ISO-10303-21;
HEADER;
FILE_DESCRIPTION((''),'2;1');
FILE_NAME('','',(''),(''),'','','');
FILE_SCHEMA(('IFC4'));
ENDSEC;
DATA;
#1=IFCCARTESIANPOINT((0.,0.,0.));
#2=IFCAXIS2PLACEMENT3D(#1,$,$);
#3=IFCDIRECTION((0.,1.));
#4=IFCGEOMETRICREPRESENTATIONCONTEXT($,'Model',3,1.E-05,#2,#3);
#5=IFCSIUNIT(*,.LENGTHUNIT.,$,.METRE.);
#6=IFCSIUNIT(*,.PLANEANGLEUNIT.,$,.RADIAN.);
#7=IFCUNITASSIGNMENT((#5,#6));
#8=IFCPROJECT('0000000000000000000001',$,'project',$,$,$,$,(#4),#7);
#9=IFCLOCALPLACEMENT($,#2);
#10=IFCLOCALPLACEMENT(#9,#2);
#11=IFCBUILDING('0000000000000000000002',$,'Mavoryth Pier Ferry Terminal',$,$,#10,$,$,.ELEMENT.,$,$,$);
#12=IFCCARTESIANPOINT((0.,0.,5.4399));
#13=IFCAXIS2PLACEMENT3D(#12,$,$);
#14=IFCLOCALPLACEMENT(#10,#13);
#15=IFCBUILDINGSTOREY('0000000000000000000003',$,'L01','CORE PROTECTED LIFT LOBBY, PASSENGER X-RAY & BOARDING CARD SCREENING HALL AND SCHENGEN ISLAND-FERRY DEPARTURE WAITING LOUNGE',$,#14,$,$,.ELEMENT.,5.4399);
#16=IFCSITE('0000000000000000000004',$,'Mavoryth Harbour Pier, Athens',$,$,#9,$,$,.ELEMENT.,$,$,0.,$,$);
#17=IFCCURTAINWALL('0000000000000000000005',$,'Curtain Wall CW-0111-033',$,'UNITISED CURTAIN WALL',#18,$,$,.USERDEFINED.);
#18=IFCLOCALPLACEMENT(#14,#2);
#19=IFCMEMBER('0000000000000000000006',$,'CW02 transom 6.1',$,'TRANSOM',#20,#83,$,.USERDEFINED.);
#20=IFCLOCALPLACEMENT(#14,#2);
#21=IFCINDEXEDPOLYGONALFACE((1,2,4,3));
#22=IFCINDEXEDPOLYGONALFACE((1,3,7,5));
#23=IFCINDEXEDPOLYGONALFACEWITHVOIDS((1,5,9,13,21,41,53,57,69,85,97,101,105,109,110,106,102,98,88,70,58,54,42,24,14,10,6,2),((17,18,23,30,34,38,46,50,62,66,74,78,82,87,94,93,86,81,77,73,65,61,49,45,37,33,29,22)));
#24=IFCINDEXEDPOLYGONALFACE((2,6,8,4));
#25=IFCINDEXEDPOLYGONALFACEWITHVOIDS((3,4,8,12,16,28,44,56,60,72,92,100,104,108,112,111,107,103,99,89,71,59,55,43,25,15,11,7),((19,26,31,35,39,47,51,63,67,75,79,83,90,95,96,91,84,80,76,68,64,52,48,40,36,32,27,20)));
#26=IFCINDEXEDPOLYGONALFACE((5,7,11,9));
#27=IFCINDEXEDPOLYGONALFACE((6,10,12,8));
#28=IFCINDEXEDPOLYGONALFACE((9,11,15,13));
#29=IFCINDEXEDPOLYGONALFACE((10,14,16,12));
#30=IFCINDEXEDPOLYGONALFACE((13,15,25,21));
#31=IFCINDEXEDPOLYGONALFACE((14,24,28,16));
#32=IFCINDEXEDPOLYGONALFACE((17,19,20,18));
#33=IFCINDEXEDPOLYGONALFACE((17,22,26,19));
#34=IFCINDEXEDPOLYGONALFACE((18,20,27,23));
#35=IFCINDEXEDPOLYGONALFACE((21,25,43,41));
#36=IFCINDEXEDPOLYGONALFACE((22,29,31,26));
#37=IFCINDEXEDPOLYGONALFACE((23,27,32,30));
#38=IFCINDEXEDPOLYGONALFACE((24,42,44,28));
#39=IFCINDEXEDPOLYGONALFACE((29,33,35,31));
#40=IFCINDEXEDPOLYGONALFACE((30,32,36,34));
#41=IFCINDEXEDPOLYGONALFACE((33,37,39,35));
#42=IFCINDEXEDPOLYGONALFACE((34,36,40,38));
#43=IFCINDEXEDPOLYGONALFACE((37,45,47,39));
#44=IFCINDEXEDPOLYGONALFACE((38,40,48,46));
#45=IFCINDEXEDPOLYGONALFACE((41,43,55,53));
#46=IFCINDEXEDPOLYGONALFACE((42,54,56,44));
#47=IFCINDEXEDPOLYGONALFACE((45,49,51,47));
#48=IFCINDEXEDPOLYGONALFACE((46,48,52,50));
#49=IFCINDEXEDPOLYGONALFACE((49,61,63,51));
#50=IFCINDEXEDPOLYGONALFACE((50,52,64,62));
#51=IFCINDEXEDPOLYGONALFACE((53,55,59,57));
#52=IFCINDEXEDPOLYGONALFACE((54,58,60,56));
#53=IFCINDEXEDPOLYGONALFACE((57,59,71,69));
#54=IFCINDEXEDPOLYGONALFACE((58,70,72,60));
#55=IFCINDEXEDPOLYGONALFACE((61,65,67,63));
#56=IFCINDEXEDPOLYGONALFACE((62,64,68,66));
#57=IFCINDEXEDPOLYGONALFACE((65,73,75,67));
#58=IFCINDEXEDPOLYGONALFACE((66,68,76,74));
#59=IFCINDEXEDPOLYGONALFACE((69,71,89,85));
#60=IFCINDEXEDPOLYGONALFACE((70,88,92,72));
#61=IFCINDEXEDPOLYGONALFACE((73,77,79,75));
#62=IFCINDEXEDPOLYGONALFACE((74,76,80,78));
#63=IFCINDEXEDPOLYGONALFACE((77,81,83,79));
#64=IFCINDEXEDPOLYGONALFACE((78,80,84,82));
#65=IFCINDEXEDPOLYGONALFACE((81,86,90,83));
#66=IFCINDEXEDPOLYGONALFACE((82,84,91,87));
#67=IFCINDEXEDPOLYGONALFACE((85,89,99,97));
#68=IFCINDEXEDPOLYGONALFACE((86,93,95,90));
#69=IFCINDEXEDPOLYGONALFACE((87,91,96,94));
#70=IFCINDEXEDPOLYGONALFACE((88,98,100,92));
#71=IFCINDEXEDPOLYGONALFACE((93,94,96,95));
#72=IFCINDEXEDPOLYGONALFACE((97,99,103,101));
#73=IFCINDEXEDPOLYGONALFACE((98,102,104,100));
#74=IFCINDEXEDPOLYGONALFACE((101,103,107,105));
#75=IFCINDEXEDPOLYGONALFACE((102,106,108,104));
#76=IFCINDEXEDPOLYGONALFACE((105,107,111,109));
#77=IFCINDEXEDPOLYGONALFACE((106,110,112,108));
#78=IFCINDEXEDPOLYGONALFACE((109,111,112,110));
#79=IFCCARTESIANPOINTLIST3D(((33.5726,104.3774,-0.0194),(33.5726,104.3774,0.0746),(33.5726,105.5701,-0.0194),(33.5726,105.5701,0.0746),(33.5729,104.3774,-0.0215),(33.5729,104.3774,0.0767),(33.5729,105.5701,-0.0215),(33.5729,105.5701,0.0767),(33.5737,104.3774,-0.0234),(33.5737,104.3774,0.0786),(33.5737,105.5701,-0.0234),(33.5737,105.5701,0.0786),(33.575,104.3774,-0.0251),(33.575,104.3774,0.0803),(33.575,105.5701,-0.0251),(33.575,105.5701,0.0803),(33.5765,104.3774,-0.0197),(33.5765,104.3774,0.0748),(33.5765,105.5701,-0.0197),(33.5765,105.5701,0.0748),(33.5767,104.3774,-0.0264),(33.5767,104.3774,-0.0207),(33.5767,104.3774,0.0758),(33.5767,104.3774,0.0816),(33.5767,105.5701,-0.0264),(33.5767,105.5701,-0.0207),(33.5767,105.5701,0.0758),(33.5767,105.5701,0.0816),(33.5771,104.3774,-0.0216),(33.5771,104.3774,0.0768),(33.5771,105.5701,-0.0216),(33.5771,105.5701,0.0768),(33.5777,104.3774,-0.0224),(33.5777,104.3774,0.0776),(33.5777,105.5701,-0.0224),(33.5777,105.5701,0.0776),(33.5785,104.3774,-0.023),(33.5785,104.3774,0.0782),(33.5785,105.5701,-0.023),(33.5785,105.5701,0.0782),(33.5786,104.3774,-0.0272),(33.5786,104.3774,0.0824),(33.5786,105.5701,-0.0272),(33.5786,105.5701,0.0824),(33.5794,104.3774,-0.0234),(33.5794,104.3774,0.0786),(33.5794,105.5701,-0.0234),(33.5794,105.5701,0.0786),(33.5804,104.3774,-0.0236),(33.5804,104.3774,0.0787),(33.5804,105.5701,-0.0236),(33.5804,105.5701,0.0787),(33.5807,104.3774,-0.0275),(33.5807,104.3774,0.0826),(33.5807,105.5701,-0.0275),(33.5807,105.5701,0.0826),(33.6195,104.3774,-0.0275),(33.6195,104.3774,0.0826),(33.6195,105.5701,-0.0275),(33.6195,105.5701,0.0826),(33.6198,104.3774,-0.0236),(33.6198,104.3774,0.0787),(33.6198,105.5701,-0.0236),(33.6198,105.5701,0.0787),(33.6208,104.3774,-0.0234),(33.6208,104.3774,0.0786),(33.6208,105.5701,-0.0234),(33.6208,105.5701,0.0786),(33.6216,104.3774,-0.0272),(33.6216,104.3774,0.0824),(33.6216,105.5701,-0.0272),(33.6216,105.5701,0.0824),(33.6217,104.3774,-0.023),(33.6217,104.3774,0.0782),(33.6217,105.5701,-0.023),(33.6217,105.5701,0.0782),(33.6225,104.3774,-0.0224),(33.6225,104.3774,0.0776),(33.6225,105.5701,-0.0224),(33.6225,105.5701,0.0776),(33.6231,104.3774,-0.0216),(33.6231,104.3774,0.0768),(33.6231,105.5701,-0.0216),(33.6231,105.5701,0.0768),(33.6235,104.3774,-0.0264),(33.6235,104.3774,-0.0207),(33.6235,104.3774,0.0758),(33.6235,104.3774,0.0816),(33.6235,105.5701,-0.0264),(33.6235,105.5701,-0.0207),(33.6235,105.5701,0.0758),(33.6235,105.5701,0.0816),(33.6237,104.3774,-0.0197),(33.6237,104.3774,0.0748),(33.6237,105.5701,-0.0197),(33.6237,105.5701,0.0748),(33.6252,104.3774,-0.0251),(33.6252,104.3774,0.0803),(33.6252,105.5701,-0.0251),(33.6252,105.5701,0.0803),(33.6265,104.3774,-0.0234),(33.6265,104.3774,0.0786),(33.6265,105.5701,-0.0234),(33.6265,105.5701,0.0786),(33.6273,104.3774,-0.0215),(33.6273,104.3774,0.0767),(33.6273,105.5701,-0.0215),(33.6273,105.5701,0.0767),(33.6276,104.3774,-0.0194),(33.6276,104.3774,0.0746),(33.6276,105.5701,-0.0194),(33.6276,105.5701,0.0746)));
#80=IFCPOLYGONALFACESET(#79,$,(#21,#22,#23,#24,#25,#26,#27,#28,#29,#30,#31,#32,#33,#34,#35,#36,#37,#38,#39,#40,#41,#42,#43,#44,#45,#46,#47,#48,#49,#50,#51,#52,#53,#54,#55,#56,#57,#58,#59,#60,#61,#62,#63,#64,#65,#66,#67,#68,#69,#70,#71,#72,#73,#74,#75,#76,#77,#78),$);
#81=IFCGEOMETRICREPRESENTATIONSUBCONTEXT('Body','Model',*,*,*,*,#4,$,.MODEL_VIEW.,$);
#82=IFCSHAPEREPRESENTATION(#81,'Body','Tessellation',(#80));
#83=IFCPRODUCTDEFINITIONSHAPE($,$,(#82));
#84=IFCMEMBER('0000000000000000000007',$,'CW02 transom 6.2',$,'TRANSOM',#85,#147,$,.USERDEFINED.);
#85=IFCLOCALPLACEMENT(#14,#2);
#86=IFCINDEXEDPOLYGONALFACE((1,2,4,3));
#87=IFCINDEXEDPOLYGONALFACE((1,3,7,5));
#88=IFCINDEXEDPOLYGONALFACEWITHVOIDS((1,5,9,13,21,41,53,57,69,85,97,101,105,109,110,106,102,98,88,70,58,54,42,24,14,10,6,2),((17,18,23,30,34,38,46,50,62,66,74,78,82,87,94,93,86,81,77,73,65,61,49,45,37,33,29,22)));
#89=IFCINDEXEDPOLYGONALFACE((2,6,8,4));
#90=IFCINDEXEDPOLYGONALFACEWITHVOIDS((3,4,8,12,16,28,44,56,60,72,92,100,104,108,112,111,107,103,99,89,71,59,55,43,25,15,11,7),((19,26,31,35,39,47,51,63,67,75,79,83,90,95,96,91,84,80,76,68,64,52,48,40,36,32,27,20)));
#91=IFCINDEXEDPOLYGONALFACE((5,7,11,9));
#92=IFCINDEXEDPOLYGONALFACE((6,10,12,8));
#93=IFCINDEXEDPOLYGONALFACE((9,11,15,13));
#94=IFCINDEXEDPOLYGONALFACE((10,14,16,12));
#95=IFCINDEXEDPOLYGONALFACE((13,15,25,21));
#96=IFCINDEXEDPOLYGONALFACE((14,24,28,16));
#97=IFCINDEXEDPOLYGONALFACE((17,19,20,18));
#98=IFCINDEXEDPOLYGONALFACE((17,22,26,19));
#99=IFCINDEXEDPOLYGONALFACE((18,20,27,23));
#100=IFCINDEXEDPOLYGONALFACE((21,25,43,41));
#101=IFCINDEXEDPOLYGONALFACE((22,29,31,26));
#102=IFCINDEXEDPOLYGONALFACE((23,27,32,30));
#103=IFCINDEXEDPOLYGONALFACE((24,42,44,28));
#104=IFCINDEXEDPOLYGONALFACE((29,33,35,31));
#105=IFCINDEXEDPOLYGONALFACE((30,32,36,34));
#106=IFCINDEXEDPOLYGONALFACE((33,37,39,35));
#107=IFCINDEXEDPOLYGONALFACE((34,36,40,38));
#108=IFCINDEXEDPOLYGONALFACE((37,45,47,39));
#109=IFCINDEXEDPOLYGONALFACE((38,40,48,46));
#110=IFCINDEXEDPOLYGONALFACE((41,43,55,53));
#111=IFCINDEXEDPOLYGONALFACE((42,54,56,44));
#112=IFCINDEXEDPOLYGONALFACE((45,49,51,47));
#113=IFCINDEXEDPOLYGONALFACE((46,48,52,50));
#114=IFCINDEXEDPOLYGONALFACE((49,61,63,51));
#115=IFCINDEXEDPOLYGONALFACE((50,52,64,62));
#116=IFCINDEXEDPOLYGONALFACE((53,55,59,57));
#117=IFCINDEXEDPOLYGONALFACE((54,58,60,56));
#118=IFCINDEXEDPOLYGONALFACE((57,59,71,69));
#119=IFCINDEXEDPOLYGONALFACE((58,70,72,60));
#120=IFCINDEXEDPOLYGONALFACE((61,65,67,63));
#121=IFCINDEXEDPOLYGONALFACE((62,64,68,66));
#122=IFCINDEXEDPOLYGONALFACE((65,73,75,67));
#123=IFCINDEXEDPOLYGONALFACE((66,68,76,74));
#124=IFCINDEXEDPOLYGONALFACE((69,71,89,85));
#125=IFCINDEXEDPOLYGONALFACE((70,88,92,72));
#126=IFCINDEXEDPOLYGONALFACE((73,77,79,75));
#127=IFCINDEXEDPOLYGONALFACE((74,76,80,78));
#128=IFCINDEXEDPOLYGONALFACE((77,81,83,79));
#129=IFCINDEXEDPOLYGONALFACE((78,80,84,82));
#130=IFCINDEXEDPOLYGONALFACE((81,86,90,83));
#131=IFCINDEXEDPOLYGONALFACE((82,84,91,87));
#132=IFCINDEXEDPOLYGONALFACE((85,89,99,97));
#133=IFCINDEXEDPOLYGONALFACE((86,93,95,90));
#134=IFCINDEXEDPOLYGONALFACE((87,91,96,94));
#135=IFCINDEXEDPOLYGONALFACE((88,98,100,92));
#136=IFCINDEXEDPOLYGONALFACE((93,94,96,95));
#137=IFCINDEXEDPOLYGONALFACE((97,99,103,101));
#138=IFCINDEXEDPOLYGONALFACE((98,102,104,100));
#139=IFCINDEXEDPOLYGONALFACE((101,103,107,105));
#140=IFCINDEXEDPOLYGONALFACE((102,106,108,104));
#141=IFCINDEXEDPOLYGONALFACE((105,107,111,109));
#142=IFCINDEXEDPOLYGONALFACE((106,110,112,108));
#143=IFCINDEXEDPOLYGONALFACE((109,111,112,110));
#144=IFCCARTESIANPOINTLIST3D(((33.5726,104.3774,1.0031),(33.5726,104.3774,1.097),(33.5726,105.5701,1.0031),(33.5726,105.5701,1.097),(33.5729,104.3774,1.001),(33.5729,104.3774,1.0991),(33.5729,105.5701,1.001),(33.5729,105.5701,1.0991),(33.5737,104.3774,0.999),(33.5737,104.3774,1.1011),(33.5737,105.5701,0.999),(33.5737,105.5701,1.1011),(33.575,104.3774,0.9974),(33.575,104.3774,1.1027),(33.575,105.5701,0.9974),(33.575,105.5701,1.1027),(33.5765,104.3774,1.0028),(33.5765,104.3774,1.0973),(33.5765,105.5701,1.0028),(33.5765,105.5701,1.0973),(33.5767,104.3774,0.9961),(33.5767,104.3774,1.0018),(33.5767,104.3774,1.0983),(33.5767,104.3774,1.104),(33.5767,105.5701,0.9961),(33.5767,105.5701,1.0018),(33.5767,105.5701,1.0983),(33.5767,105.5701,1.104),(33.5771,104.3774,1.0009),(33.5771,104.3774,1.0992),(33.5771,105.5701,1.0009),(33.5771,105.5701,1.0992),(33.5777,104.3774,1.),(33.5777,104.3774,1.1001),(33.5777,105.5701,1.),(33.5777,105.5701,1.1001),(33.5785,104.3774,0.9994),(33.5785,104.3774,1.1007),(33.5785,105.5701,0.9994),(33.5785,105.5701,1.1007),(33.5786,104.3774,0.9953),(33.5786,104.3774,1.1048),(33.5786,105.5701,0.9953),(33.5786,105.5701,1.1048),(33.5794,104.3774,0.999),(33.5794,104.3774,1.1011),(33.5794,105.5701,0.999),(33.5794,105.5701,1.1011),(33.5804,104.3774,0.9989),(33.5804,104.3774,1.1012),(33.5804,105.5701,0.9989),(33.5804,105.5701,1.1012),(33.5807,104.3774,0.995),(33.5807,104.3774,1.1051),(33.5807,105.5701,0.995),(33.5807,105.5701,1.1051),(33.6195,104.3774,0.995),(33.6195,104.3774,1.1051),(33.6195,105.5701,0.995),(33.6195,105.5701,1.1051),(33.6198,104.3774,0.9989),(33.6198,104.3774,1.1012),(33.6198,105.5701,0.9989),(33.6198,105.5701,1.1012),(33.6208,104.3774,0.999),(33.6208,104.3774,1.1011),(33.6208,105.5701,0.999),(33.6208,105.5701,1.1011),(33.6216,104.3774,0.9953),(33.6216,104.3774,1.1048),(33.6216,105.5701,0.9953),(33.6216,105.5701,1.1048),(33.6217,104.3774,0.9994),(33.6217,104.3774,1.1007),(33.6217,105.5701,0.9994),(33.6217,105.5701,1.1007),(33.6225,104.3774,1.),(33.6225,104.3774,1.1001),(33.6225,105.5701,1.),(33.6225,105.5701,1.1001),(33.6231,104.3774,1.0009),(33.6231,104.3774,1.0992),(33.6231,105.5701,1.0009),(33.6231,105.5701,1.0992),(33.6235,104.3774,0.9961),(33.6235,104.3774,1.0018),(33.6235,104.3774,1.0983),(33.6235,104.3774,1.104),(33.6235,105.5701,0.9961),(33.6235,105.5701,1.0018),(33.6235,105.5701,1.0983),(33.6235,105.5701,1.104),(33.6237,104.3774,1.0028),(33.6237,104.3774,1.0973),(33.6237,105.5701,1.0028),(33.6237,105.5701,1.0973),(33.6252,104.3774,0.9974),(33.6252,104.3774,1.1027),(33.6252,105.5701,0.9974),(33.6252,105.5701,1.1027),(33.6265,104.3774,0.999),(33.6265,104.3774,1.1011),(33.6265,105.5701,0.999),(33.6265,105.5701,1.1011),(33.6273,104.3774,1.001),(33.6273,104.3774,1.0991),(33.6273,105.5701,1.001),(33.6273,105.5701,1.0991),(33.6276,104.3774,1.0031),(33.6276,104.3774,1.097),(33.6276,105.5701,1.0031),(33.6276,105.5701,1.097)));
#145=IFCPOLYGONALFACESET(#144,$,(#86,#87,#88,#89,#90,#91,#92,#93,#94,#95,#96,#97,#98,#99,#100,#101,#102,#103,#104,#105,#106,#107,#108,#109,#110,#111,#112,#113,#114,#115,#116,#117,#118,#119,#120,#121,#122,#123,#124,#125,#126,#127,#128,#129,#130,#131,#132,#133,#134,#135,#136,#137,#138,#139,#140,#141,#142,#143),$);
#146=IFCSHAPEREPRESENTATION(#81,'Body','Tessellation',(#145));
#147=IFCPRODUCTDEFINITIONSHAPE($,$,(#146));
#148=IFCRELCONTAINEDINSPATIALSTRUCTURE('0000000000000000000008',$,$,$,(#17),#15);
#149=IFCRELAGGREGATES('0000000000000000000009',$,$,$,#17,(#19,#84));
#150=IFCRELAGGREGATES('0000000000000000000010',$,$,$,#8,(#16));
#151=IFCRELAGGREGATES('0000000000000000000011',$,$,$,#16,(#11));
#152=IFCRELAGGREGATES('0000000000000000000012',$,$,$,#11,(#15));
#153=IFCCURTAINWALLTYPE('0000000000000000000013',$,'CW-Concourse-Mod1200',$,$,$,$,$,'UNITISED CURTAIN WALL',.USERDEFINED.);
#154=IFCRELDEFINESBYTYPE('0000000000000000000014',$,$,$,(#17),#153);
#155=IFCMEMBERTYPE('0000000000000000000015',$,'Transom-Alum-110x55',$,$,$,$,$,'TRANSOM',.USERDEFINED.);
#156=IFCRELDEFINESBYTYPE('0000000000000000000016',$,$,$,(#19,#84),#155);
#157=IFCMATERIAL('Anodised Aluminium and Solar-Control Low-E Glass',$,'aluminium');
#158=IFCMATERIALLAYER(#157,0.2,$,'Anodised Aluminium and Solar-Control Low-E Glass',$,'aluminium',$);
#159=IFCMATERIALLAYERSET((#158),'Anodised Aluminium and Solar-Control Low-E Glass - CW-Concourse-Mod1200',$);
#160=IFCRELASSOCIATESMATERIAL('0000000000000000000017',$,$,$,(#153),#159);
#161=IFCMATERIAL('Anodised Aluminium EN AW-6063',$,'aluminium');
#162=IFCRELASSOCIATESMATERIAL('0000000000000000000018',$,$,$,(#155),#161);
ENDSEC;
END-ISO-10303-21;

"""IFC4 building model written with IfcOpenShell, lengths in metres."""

from ifc_helpers import new_model, si_unit, direction, frame, origin, origin_2d, place, context, subcontext, project, spatial, hollow_rectangle, extrude, material, layer, layer_set, material_profile, profile_set, type_object, element, aggregate, save


model = new_model("IFC4")

# Units and contexts
model_context = context("Model", 3, precision=1e-05, world=origin(), true_north=direction((0.0, 1.0)))
body_context = subcontext(model_context, "Body", "Model", "MODEL_VIEW")
ifc_project = project(units=[si_unit("LENGTHUNIT", "METRE"), si_unit("PLANEANGLEUNIT", "RADIAN")], contexts=[model_context])

# Site, building, storey
site_placement = place(None, origin())
site = spatial("IfcSite", under=ifc_project, at=site_placement, Name="Mavoryth Harbour Pier, Athens", CompositionType="ELEMENT", RefElevation=0.0)
building_placement = place(site_placement, origin())
building = spatial("IfcBuilding", under=site, at=building_placement, Name="Mavoryth Pier Ferry Terminal", CompositionType="ELEMENT")
storey_placement = place(building_placement, frame((0.0, 0.0, 5.4399)))
storey = spatial("IfcBuildingStorey", under=building, at=storey_placement, Name="L01", Description="CORE PROTECTED LIFT LOBBY, PASSENGER X-RAY & BOARDING CARD SCREENING HALL AND SCHENGEN ISLAND-FERRY DEPARTURE WAITING LOUNGE", CompositionType="ELEMENT", Elevation=5.4399)

# Curtain wall
ifc_material_1 = material(Name="Anodised Aluminium and Solar-Control Low-E Glass", Category="aluminium")
ifc_layer_1 = layer(ifc_material_1, 0.2, Name="Anodised Aluminium and Solar-Control Low-E Glass", Category="aluminium")
ifc_layer_set_1 = layer_set([ifc_layer_1], Name="Anodised Aluminium and Solar-Control Low-E Glass - CW-Concourse-Mod1200")
curtain_wall_type_1 = type_object("IfcCurtainWallType", Name="CW-Concourse-Mod1200", ElementType="UNITISED CURTAIN WALL", PredefinedType="USERDEFINED", material=ifc_layer_set_1)
curtain_wall_1_placement = place(storey_placement, origin())
curtain_wall_1 = element("IfcCurtainWall", 1, at=curtain_wall_1_placement, inside=storey, type_object=curtain_wall_type_1, Name="Curtain Wall CW-0111-033", ObjectType="UNITISED CURTAIN WALL", PredefinedType="USERDEFINED")
ifc_material_2 = material(Name="Anodised Aluminium EN AW-6063", Category="aluminium")

# Members
ifc_material_profile_1 = material_profile(ifc_material_2, hollow_rectangle(XDim=0.0549, YDim=0.1101, WallThickness=0.0039, InnerFilletRadius=0.0039, OuterFilletRadius=0.0081, at=origin_2d()), Name="AL-TRAN 110x55x4", Category="aluminium")
ifc_profile_set_1 = profile_set([ifc_material_profile_1], Name="Anodised Aluminium EN AW-6063 - AL-TRAN 110x55x4")
member_type_1 = type_object("IfcMemberType", Name="Transom-Alum-110x55", ElementType="TRANSOM", PredefinedType="USERDEFINED", material=ifc_profile_set_1)
member_1_placement = place(storey_placement, frame((33.6001, 104.3774, 0.0276), z_axis=(0.0, 1.0, 0.0), x_axis=(-1.0, 0.0, 0.0)))
member_1 = element("IfcMember", 2, at=member_1_placement, type_object=member_type_1, Name="CW02 transom 6.1", ObjectType="TRANSOM", PredefinedType="USERDEFINED", context=body_context, shape_type="SweptSolid", body=[
    extrude(hollow_rectangle(XDim=0.0549, YDim=0.1101, WallThickness=0.0039, InnerFilletRadius=0.0039, OuterFilletRadius=0.0081, at=origin_2d()), origin(), (0.0, 0.0, 1.0), 1.1926),
])
member_2_placement = place(storey_placement, frame((33.6001, 104.3774, 1.05), z_axis=(0.0, 1.0, 0.0), x_axis=(-1.0, 0.0, 0.0)))
member_2 = element("IfcMember", 3, at=member_2_placement, type_object=member_type_1, Name="CW02 transom 6.2", ObjectType="TRANSOM", PredefinedType="USERDEFINED", context=body_context, shape_type="SweptSolid", body=[
    extrude(hollow_rectangle(XDim=0.0549, YDim=0.1101, WallThickness=0.0039, InnerFilletRadius=0.0039, OuterFilletRadius=0.0081, at=origin_2d()), origin(), (0.0, 0.0, 1.0), 1.1926),
])

aggregate(curtain_wall_1, [member_1, member_2])

save(model, "model.ifc")
